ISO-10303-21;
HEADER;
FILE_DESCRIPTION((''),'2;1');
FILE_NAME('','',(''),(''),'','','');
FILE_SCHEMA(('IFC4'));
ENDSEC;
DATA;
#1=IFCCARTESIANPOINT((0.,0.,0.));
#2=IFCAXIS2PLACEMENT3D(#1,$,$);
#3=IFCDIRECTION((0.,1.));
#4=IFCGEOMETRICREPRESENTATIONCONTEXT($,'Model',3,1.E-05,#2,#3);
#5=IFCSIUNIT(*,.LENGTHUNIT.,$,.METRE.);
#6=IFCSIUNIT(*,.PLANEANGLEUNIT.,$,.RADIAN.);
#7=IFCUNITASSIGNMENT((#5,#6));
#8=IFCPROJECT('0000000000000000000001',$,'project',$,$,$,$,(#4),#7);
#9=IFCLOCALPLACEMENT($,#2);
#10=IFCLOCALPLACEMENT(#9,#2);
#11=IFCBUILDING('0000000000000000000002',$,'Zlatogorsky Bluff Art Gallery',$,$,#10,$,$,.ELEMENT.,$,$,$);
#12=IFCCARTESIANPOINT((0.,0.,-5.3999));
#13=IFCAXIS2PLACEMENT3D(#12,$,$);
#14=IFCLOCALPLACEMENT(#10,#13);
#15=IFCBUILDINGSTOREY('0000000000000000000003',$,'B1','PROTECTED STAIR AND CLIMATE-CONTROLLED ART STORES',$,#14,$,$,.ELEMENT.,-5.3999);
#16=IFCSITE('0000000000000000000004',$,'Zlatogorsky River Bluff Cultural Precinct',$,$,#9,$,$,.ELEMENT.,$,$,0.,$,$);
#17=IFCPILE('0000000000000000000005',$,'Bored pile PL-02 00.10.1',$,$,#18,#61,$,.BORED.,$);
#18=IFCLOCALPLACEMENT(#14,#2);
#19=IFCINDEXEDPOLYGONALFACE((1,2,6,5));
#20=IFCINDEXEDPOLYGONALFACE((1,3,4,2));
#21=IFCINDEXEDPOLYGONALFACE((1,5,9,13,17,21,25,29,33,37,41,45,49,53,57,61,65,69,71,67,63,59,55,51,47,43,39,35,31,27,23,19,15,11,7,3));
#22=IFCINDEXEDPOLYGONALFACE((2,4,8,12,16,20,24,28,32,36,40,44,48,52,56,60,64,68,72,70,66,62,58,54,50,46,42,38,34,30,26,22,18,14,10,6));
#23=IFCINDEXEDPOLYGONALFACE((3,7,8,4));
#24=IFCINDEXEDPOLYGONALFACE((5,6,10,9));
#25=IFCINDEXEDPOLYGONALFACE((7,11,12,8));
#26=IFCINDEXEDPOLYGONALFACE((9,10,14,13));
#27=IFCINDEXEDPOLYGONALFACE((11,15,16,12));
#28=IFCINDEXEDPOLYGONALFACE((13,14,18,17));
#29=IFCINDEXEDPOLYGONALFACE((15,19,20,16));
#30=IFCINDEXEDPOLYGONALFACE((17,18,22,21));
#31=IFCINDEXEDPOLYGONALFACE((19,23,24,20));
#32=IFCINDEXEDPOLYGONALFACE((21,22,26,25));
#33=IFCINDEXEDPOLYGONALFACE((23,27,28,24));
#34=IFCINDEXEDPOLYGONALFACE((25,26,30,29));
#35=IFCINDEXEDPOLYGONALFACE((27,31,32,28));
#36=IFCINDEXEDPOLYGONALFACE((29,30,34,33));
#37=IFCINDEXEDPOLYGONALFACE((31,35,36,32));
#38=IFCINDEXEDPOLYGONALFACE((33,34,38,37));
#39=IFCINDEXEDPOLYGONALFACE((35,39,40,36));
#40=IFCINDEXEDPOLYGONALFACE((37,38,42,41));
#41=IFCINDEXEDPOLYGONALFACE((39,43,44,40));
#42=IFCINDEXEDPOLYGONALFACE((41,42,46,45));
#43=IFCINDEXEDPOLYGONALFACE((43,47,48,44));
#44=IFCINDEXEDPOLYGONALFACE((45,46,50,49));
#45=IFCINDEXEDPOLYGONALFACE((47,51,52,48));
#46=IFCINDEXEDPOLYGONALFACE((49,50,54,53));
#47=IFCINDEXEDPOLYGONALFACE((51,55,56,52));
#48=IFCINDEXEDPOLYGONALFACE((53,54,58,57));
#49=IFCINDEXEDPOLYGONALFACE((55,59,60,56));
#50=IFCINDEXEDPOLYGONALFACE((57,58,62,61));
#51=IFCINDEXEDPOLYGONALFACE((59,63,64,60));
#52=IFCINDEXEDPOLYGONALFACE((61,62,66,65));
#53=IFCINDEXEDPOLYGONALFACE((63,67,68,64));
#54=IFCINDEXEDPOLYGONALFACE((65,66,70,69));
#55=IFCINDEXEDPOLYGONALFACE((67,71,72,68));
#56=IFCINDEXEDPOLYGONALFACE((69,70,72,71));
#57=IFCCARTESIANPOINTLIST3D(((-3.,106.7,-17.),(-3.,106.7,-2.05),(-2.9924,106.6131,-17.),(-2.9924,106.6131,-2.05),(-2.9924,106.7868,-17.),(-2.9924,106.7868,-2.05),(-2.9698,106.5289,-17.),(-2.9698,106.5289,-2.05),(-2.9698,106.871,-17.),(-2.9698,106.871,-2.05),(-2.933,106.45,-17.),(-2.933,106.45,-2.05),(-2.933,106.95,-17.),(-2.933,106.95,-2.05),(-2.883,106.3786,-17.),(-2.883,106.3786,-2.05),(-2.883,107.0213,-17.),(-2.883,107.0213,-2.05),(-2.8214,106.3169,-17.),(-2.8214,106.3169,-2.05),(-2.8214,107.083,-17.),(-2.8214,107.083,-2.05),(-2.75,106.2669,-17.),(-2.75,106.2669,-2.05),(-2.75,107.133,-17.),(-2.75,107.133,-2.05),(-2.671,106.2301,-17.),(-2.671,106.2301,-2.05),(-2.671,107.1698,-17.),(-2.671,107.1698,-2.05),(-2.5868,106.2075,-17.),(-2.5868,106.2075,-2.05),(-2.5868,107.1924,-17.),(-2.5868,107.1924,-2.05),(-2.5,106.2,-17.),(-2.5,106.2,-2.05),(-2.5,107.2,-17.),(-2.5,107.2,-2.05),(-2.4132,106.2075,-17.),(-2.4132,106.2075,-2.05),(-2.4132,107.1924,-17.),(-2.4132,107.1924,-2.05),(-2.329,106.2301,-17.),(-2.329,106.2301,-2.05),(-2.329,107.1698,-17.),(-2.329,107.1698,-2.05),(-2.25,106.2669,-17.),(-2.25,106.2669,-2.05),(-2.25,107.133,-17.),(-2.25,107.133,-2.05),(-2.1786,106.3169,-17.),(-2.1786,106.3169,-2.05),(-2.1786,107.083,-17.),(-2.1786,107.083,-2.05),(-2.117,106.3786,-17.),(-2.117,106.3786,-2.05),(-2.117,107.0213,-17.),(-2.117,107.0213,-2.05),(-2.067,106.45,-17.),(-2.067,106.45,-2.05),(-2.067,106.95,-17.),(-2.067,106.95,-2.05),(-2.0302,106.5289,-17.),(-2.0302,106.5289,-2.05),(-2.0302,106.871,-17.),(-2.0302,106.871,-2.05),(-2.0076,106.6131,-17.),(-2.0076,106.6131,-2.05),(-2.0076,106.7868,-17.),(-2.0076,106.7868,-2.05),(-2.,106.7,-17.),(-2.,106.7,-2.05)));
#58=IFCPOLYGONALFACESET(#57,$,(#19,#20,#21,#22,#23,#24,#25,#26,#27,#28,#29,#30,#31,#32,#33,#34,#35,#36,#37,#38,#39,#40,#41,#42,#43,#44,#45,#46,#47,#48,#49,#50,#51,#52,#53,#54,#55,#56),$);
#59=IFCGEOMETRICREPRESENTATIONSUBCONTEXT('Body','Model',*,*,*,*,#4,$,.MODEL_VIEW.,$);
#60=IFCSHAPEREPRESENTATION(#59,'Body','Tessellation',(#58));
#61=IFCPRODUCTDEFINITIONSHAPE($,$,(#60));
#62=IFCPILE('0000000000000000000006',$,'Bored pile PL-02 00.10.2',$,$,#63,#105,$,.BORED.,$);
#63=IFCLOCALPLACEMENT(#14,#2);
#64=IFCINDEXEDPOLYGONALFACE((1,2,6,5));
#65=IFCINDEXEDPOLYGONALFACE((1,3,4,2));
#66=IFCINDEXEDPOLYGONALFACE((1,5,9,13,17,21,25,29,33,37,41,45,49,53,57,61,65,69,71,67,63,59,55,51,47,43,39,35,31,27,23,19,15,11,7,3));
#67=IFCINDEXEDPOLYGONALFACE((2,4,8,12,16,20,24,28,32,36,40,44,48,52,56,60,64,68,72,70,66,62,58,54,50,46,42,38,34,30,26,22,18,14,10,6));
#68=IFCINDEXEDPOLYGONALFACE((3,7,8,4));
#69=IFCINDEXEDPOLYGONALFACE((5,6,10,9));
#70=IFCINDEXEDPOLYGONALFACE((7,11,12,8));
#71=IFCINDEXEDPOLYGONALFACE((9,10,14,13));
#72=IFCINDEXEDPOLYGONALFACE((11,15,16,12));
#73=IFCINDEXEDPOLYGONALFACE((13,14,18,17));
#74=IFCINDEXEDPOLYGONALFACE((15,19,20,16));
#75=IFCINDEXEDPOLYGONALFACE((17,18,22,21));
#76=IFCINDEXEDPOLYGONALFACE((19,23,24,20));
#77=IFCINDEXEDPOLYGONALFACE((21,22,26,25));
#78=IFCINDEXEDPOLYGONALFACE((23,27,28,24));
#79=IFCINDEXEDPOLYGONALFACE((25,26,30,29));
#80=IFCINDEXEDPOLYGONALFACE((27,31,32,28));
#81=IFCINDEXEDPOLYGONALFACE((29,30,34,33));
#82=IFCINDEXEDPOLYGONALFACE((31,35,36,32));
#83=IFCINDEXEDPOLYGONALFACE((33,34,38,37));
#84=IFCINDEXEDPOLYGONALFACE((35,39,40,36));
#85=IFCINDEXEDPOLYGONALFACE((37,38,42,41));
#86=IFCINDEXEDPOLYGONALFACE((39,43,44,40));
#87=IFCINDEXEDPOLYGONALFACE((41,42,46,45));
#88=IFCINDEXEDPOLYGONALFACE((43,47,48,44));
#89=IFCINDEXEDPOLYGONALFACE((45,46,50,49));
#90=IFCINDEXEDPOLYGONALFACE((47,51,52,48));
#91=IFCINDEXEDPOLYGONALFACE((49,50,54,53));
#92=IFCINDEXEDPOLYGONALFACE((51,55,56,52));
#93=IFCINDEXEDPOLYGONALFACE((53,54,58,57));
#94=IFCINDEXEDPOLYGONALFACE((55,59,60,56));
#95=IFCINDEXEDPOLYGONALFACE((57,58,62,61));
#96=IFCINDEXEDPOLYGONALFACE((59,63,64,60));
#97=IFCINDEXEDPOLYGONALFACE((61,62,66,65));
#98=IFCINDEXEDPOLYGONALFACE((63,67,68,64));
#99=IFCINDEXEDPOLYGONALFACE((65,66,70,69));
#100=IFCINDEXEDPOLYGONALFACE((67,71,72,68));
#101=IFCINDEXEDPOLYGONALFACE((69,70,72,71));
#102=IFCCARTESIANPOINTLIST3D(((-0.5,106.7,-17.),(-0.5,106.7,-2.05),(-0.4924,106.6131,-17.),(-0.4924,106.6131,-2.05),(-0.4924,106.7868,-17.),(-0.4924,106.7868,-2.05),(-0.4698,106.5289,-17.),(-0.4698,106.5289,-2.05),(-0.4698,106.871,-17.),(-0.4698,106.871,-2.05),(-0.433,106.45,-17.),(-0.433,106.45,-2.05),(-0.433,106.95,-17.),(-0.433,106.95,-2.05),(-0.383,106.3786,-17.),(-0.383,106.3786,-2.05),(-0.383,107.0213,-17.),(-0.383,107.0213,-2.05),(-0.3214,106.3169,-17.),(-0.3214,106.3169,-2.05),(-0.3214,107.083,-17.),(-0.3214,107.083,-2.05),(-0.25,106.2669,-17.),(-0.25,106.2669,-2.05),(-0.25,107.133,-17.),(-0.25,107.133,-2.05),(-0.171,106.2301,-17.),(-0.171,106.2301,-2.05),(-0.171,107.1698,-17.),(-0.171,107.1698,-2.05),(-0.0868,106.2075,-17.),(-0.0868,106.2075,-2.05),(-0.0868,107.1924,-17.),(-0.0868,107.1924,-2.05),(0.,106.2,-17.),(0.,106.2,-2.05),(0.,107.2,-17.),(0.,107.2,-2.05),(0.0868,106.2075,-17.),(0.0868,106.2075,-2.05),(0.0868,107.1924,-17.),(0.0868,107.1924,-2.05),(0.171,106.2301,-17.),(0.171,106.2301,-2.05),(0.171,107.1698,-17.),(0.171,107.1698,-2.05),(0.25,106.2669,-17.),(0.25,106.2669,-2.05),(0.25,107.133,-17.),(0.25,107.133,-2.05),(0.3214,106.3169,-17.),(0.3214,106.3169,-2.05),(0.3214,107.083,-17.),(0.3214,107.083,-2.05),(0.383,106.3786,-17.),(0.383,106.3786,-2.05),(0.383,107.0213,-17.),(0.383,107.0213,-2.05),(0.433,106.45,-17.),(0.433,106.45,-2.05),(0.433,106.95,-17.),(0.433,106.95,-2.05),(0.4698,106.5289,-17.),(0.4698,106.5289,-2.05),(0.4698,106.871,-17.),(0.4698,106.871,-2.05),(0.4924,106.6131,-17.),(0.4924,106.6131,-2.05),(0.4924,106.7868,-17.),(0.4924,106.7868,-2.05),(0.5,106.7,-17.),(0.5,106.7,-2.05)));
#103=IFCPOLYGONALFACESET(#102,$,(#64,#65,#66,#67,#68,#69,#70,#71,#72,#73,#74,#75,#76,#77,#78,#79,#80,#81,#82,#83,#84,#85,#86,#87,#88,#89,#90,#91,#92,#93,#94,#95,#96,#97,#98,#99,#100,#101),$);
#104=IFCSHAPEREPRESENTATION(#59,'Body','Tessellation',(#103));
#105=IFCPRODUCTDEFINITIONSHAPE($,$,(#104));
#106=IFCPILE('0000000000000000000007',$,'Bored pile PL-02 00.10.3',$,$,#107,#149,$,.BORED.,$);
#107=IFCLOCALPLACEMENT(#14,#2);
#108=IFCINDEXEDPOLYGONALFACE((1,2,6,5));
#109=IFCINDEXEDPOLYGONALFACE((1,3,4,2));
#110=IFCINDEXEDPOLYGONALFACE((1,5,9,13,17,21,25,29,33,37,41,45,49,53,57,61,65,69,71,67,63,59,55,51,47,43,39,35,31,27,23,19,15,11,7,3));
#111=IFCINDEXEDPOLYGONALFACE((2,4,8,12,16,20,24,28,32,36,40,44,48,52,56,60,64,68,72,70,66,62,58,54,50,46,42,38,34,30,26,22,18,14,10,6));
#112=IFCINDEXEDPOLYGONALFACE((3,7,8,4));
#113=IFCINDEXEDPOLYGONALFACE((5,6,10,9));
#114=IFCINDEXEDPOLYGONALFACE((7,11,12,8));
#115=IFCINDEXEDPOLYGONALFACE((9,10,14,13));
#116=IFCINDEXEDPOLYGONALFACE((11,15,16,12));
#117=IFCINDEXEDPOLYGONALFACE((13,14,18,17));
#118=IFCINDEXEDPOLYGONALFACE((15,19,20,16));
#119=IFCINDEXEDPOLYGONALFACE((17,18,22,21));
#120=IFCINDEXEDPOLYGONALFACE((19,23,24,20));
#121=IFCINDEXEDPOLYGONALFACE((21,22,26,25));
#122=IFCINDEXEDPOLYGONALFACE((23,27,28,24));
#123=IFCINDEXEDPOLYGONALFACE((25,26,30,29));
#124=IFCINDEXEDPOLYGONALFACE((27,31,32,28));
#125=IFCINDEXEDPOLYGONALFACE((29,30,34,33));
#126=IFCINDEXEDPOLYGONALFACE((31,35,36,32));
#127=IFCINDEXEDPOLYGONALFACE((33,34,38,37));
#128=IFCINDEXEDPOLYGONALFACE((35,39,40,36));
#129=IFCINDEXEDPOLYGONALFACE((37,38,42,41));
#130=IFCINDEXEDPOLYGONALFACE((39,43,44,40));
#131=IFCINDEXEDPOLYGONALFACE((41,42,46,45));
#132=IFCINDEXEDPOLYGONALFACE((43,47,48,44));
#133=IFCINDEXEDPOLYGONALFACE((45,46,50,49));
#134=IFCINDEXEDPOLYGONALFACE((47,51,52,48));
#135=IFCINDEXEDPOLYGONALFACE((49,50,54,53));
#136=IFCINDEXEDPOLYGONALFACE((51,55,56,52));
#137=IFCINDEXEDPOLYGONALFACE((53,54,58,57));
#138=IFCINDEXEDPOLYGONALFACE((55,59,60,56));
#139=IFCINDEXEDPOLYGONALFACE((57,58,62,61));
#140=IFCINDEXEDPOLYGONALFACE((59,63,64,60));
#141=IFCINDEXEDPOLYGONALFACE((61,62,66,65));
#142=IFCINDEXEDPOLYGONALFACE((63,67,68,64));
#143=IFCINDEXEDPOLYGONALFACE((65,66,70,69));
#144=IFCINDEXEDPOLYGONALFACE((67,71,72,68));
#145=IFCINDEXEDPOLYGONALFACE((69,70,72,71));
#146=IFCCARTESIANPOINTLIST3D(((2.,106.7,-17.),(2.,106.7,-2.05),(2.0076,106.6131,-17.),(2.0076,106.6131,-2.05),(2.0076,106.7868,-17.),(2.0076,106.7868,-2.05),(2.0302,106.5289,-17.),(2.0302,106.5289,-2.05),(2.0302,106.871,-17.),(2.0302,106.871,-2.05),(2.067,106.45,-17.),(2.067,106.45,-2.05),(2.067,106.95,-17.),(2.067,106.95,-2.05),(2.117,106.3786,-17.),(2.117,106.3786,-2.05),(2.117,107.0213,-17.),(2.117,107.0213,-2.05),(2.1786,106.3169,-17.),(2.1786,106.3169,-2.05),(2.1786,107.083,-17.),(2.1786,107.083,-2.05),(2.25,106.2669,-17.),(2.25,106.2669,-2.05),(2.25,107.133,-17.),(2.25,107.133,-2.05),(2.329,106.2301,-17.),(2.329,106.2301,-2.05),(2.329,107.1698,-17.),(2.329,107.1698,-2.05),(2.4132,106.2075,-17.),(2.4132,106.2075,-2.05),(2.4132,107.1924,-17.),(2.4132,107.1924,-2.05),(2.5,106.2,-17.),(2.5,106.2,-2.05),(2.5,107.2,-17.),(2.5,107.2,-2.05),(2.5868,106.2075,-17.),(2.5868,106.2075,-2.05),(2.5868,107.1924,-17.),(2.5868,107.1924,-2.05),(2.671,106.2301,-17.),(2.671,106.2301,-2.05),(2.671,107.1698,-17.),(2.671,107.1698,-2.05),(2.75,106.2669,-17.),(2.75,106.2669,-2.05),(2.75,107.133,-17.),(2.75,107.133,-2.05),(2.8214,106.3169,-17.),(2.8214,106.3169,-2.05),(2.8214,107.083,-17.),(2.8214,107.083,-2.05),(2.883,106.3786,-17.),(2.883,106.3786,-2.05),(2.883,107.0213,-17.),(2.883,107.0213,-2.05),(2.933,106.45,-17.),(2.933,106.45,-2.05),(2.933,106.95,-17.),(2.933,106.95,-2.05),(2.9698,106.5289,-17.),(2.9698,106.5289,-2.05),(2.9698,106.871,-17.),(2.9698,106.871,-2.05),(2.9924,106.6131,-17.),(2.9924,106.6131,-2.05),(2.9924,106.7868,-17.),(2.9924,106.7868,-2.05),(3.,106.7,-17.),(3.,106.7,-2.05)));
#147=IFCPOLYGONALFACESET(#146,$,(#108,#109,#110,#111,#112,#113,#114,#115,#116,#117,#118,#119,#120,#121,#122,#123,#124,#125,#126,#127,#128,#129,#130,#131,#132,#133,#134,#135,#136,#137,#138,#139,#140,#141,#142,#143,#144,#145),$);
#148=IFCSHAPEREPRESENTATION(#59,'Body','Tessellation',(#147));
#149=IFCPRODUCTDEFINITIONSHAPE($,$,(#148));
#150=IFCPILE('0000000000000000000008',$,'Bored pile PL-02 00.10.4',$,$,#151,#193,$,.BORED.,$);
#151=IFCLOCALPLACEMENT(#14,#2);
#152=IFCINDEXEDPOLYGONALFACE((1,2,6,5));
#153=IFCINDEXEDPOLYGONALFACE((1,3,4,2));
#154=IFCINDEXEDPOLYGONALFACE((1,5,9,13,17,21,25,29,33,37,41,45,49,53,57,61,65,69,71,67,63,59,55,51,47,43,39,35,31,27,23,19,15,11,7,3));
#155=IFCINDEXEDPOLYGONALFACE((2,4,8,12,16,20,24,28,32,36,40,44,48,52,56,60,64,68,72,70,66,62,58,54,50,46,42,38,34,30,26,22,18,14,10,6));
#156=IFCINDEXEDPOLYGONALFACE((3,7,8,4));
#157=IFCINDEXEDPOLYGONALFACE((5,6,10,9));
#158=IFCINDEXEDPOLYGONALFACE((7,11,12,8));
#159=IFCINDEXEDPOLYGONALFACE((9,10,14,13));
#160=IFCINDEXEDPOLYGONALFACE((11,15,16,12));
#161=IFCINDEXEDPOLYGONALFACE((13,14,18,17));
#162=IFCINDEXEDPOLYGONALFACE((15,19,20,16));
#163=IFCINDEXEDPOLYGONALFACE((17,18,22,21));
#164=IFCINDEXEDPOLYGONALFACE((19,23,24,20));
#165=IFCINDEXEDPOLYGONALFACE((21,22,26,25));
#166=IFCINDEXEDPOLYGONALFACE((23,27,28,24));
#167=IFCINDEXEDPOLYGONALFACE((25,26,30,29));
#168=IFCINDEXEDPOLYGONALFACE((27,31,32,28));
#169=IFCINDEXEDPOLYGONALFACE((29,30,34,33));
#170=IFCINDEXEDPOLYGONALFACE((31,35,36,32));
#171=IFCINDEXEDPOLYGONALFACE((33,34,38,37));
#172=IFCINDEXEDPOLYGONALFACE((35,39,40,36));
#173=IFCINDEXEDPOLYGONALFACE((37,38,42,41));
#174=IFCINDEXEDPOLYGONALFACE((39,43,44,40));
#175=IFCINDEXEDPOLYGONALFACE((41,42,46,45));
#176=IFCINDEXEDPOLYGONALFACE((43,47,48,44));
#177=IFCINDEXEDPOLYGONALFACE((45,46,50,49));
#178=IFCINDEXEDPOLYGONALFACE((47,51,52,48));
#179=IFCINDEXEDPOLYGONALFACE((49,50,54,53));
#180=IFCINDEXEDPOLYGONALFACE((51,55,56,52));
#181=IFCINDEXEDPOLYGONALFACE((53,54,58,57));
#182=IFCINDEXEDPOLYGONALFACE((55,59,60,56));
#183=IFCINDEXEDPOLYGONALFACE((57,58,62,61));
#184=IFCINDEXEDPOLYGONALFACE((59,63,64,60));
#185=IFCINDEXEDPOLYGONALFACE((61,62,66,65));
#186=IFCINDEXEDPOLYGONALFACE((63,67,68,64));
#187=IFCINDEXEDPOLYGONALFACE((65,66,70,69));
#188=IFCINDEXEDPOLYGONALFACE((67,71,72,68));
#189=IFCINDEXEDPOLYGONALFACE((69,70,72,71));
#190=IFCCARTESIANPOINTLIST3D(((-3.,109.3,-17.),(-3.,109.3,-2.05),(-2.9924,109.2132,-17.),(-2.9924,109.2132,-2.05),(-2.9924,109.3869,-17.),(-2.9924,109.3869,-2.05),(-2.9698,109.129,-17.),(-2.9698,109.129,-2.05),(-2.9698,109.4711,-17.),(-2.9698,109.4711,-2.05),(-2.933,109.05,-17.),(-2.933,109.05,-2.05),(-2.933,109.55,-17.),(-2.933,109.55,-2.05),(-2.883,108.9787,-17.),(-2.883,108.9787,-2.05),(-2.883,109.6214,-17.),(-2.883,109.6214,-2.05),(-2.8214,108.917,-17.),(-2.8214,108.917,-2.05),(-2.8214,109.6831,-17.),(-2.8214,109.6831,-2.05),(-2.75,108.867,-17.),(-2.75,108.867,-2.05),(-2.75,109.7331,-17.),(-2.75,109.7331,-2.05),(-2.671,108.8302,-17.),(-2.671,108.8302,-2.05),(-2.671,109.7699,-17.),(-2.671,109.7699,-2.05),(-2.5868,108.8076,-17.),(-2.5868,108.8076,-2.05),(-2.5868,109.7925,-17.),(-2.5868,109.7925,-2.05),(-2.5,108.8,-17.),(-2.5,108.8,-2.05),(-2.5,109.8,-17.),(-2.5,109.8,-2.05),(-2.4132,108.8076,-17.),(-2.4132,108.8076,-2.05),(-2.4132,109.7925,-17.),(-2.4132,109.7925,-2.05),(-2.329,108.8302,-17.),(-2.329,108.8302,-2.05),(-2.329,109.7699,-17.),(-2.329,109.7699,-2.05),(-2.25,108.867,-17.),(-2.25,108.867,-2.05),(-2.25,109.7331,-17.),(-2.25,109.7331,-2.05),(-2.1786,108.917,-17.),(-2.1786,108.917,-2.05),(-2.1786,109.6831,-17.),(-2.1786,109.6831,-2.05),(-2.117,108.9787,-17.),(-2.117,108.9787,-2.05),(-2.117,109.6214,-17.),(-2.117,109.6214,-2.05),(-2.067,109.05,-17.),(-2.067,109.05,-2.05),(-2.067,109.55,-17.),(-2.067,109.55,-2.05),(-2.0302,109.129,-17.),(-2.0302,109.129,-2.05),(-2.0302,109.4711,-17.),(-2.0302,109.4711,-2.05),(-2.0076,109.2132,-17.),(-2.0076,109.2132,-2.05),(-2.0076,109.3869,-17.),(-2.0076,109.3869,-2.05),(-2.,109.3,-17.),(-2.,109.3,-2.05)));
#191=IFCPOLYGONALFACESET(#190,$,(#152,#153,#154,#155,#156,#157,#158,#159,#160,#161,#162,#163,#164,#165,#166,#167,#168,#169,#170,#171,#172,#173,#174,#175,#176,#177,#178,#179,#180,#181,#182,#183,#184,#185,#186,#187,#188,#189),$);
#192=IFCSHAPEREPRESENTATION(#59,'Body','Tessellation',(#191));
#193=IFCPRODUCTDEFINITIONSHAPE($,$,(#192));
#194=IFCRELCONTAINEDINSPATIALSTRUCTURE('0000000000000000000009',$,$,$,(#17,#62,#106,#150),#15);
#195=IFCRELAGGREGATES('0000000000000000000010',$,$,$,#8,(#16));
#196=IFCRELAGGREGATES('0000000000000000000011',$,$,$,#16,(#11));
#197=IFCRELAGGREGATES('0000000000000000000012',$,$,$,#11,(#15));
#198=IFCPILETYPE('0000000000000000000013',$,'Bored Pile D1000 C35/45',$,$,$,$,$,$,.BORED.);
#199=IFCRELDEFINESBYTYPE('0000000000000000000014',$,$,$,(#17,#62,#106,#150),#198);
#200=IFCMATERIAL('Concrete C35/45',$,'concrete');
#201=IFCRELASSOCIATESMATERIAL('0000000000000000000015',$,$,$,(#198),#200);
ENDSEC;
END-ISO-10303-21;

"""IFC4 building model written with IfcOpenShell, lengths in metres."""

from ifc_helpers import new_model, si_unit, direction, frame, origin, origin_2d, place, context, subcontext, project, spatial, circle, extrude, material, material_profile, profile_set, type_object, element, save


model = new_model("IFC4")

# Units and contexts
model_context = context("Model", 3, precision=1e-05, world=origin(), true_north=direction((0.0, 1.0)))
body_context = subcontext(model_context, "Body", "Model", "MODEL_VIEW")
ifc_project = project(units=[si_unit("LENGTHUNIT", "METRE"), si_unit("PLANEANGLEUNIT", "RADIAN")], contexts=[model_context])

# Site, building, storey
site_placement = place(None, origin())
site = spatial("IfcSite", under=ifc_project, at=site_placement, Name="Zlatogorsky River Bluff Cultural Precinct", CompositionType="ELEMENT", RefElevation=0.0)
building_placement = place(site_placement, origin())
building = spatial("IfcBuilding", under=site, at=building_placement, Name="Zlatogorsky Bluff Art Gallery", CompositionType="ELEMENT")
storey_placement = place(building_placement, frame((0.0, 0.0, -5.3999)))
storey = spatial("IfcBuildingStorey", under=building, at=storey_placement, Name="B1", Description="PROTECTED STAIR AND CLIMATE-CONTROLLED ART STORES", CompositionType="ELEMENT", Elevation=-5.3999)

# Piles
ifc_material_1 = material(Name="Concrete C35/45", Category="concrete")
ifc_material_profile_1 = material_profile(ifc_material_1, circle(Radius=0.5, at=origin_2d()), Name="BORED PILE D1000")
ifc_profile_set_1 = profile_set([ifc_material_profile_1], Name="Concrete C35/45")
pile_type = type_object("IfcPileType", Name="Bored Pile D1000 C35/45", PredefinedType="BORED", material=ifc_profile_set_1)
for number, where, z_axis, x_axis, name in (
    (1, (-2.5, 106.7, -2.05), (0.0, 0.0, -1.0), (1.0, 0.0, 0.0), "Bored pile PL-02 00.10.1"),
    (2, (0.0, 106.7, -2.05), (0.0, 0.0, -1.0), (1.0, 0.0, 0.0), "Bored pile PL-02 00.10.2"),
    (3, (2.5, 106.7, -2.05), (0.0, 0.0, -1.0), (1.0, 0.0, 0.0), "Bored pile PL-02 00.10.3"),
    (4, (-2.5, 109.3, -2.05), (0.0, 0.0, -1.0), (1.0, 0.0, 0.0), "Bored pile PL-02 00.10.4"),
):
    element("IfcPile", number, at=place(storey_placement, frame(where, z_axis=z_axis, x_axis=x_axis)), inside=storey, type_object=pile_type, Name=name, PredefinedType="BORED", context=body_context, shape_type="SweptSolid", body=[
        extrude(circle(Radius=0.5, at=origin_2d()), origin(), (0.0, 0.0, 1.0), 14.95),
    ])

save(model, "model.ifc")
